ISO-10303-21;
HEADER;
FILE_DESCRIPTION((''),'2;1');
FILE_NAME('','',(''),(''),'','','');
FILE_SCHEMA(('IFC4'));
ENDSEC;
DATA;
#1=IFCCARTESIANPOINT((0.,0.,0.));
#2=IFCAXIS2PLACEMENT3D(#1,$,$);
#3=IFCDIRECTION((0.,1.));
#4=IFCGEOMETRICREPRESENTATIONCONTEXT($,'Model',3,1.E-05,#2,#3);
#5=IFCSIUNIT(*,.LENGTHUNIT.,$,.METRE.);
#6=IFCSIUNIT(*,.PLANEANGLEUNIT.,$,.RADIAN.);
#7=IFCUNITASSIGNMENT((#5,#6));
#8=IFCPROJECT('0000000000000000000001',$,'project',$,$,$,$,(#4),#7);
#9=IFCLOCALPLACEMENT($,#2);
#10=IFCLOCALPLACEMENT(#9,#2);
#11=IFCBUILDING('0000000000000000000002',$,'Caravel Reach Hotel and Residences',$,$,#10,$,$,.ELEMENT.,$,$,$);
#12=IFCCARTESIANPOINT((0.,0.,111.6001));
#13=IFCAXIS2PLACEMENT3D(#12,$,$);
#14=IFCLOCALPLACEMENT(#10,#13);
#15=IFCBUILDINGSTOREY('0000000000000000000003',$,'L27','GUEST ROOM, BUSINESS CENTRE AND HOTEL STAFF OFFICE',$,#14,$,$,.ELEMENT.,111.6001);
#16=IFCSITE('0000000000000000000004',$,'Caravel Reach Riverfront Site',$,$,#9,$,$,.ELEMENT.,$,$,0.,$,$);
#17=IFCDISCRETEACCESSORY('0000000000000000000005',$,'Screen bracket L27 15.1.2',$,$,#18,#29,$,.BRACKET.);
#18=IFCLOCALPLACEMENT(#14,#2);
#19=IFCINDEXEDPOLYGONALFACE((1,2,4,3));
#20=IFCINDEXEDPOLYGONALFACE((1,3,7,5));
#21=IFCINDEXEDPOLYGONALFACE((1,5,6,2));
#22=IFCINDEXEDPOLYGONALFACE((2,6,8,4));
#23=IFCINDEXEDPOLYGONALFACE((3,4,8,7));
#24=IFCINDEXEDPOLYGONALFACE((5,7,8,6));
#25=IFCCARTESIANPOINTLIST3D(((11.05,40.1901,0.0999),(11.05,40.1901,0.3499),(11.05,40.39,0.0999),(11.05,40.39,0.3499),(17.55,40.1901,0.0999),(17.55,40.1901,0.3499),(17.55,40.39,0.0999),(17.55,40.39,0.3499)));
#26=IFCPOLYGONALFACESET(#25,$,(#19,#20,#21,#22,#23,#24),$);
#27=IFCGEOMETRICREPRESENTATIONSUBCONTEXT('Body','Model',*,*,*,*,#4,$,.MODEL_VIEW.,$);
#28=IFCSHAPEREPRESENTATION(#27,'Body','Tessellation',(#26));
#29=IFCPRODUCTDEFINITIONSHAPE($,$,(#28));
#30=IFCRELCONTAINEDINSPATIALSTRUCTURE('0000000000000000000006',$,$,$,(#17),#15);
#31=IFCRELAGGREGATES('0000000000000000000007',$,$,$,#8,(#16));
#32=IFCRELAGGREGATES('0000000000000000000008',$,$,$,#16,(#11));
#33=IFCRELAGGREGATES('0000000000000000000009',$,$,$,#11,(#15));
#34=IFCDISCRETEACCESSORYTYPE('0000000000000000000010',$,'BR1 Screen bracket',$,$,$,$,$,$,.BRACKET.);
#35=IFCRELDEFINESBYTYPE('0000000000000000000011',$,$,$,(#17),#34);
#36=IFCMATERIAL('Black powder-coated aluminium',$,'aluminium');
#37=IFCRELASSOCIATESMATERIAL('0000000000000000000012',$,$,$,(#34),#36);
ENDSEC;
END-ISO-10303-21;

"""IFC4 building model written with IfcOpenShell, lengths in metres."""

from ifc_helpers import new_model, si_unit, direction, frame, origin, origin_2d, place, context, subcontext, project, spatial, rectangle, extrude, material, type_object, element, save


model = new_model("IFC4")

# Units and contexts
model_context = context("Model", 3, precision=1e-05, world=origin(), true_north=direction((0.0, 1.0)))
body_context = subcontext(model_context, "Body", "Model", "MODEL_VIEW")
ifc_project = project(units=[si_unit("LENGTHUNIT", "METRE"), si_unit("PLANEANGLEUNIT", "RADIAN")], contexts=[model_context])

# Site, building, storey
site_placement = place(None, origin())
site = spatial("IfcSite", under=ifc_project, at=site_placement, Name="Caravel Reach Riverfront Site", CompositionType="ELEMENT", RefElevation=0.0)
building_placement = place(site_placement, origin())
building = spatial("IfcBuilding", under=site, at=building_placement, Name="Caravel Reach Hotel and Residences", CompositionType="ELEMENT")
storey_placement = place(building_placement, frame((0.0, 0.0, 111.6001)))
storey = spatial("IfcBuildingStorey", under=building, at=storey_placement, Name="L27", Description="GUEST ROOM, BUSINESS CENTRE AND HOTEL STAFF OFFICE", CompositionType="ELEMENT", Elevation=111.6001)

# Discrete accessory
ifc_material_1 = material(Name="Black powder-coated aluminium", Category="aluminium")
discrete_accessory_type = type_object("IfcDiscreteAccessoryType", Name="BR1 Screen bracket", PredefinedType="BRACKET", material=ifc_material_1)
for number, where, z_axis, x_axis, name in (
    (1, (14.3, 40.29, 0.0999), (0.0, 0.0, 1.0), (-1.0, 0.0, 0.0), "Screen bracket L27 15.1.2"),
):
    element("IfcDiscreteAccessory", number, at=place(storey_placement, frame(where, z_axis=z_axis, x_axis=x_axis)), inside=storey, type_object=discrete_accessory_type, Name=name, PredefinedType="BRACKET", context=body_context, shape_type="SweptSolid", body=[
        extrude(rectangle(XDim=6.5, YDim=0.2, at=origin_2d()), origin(), (0.0, 0.0, 1.0), 0.25),
    ])

save(model, "model.ifc")
